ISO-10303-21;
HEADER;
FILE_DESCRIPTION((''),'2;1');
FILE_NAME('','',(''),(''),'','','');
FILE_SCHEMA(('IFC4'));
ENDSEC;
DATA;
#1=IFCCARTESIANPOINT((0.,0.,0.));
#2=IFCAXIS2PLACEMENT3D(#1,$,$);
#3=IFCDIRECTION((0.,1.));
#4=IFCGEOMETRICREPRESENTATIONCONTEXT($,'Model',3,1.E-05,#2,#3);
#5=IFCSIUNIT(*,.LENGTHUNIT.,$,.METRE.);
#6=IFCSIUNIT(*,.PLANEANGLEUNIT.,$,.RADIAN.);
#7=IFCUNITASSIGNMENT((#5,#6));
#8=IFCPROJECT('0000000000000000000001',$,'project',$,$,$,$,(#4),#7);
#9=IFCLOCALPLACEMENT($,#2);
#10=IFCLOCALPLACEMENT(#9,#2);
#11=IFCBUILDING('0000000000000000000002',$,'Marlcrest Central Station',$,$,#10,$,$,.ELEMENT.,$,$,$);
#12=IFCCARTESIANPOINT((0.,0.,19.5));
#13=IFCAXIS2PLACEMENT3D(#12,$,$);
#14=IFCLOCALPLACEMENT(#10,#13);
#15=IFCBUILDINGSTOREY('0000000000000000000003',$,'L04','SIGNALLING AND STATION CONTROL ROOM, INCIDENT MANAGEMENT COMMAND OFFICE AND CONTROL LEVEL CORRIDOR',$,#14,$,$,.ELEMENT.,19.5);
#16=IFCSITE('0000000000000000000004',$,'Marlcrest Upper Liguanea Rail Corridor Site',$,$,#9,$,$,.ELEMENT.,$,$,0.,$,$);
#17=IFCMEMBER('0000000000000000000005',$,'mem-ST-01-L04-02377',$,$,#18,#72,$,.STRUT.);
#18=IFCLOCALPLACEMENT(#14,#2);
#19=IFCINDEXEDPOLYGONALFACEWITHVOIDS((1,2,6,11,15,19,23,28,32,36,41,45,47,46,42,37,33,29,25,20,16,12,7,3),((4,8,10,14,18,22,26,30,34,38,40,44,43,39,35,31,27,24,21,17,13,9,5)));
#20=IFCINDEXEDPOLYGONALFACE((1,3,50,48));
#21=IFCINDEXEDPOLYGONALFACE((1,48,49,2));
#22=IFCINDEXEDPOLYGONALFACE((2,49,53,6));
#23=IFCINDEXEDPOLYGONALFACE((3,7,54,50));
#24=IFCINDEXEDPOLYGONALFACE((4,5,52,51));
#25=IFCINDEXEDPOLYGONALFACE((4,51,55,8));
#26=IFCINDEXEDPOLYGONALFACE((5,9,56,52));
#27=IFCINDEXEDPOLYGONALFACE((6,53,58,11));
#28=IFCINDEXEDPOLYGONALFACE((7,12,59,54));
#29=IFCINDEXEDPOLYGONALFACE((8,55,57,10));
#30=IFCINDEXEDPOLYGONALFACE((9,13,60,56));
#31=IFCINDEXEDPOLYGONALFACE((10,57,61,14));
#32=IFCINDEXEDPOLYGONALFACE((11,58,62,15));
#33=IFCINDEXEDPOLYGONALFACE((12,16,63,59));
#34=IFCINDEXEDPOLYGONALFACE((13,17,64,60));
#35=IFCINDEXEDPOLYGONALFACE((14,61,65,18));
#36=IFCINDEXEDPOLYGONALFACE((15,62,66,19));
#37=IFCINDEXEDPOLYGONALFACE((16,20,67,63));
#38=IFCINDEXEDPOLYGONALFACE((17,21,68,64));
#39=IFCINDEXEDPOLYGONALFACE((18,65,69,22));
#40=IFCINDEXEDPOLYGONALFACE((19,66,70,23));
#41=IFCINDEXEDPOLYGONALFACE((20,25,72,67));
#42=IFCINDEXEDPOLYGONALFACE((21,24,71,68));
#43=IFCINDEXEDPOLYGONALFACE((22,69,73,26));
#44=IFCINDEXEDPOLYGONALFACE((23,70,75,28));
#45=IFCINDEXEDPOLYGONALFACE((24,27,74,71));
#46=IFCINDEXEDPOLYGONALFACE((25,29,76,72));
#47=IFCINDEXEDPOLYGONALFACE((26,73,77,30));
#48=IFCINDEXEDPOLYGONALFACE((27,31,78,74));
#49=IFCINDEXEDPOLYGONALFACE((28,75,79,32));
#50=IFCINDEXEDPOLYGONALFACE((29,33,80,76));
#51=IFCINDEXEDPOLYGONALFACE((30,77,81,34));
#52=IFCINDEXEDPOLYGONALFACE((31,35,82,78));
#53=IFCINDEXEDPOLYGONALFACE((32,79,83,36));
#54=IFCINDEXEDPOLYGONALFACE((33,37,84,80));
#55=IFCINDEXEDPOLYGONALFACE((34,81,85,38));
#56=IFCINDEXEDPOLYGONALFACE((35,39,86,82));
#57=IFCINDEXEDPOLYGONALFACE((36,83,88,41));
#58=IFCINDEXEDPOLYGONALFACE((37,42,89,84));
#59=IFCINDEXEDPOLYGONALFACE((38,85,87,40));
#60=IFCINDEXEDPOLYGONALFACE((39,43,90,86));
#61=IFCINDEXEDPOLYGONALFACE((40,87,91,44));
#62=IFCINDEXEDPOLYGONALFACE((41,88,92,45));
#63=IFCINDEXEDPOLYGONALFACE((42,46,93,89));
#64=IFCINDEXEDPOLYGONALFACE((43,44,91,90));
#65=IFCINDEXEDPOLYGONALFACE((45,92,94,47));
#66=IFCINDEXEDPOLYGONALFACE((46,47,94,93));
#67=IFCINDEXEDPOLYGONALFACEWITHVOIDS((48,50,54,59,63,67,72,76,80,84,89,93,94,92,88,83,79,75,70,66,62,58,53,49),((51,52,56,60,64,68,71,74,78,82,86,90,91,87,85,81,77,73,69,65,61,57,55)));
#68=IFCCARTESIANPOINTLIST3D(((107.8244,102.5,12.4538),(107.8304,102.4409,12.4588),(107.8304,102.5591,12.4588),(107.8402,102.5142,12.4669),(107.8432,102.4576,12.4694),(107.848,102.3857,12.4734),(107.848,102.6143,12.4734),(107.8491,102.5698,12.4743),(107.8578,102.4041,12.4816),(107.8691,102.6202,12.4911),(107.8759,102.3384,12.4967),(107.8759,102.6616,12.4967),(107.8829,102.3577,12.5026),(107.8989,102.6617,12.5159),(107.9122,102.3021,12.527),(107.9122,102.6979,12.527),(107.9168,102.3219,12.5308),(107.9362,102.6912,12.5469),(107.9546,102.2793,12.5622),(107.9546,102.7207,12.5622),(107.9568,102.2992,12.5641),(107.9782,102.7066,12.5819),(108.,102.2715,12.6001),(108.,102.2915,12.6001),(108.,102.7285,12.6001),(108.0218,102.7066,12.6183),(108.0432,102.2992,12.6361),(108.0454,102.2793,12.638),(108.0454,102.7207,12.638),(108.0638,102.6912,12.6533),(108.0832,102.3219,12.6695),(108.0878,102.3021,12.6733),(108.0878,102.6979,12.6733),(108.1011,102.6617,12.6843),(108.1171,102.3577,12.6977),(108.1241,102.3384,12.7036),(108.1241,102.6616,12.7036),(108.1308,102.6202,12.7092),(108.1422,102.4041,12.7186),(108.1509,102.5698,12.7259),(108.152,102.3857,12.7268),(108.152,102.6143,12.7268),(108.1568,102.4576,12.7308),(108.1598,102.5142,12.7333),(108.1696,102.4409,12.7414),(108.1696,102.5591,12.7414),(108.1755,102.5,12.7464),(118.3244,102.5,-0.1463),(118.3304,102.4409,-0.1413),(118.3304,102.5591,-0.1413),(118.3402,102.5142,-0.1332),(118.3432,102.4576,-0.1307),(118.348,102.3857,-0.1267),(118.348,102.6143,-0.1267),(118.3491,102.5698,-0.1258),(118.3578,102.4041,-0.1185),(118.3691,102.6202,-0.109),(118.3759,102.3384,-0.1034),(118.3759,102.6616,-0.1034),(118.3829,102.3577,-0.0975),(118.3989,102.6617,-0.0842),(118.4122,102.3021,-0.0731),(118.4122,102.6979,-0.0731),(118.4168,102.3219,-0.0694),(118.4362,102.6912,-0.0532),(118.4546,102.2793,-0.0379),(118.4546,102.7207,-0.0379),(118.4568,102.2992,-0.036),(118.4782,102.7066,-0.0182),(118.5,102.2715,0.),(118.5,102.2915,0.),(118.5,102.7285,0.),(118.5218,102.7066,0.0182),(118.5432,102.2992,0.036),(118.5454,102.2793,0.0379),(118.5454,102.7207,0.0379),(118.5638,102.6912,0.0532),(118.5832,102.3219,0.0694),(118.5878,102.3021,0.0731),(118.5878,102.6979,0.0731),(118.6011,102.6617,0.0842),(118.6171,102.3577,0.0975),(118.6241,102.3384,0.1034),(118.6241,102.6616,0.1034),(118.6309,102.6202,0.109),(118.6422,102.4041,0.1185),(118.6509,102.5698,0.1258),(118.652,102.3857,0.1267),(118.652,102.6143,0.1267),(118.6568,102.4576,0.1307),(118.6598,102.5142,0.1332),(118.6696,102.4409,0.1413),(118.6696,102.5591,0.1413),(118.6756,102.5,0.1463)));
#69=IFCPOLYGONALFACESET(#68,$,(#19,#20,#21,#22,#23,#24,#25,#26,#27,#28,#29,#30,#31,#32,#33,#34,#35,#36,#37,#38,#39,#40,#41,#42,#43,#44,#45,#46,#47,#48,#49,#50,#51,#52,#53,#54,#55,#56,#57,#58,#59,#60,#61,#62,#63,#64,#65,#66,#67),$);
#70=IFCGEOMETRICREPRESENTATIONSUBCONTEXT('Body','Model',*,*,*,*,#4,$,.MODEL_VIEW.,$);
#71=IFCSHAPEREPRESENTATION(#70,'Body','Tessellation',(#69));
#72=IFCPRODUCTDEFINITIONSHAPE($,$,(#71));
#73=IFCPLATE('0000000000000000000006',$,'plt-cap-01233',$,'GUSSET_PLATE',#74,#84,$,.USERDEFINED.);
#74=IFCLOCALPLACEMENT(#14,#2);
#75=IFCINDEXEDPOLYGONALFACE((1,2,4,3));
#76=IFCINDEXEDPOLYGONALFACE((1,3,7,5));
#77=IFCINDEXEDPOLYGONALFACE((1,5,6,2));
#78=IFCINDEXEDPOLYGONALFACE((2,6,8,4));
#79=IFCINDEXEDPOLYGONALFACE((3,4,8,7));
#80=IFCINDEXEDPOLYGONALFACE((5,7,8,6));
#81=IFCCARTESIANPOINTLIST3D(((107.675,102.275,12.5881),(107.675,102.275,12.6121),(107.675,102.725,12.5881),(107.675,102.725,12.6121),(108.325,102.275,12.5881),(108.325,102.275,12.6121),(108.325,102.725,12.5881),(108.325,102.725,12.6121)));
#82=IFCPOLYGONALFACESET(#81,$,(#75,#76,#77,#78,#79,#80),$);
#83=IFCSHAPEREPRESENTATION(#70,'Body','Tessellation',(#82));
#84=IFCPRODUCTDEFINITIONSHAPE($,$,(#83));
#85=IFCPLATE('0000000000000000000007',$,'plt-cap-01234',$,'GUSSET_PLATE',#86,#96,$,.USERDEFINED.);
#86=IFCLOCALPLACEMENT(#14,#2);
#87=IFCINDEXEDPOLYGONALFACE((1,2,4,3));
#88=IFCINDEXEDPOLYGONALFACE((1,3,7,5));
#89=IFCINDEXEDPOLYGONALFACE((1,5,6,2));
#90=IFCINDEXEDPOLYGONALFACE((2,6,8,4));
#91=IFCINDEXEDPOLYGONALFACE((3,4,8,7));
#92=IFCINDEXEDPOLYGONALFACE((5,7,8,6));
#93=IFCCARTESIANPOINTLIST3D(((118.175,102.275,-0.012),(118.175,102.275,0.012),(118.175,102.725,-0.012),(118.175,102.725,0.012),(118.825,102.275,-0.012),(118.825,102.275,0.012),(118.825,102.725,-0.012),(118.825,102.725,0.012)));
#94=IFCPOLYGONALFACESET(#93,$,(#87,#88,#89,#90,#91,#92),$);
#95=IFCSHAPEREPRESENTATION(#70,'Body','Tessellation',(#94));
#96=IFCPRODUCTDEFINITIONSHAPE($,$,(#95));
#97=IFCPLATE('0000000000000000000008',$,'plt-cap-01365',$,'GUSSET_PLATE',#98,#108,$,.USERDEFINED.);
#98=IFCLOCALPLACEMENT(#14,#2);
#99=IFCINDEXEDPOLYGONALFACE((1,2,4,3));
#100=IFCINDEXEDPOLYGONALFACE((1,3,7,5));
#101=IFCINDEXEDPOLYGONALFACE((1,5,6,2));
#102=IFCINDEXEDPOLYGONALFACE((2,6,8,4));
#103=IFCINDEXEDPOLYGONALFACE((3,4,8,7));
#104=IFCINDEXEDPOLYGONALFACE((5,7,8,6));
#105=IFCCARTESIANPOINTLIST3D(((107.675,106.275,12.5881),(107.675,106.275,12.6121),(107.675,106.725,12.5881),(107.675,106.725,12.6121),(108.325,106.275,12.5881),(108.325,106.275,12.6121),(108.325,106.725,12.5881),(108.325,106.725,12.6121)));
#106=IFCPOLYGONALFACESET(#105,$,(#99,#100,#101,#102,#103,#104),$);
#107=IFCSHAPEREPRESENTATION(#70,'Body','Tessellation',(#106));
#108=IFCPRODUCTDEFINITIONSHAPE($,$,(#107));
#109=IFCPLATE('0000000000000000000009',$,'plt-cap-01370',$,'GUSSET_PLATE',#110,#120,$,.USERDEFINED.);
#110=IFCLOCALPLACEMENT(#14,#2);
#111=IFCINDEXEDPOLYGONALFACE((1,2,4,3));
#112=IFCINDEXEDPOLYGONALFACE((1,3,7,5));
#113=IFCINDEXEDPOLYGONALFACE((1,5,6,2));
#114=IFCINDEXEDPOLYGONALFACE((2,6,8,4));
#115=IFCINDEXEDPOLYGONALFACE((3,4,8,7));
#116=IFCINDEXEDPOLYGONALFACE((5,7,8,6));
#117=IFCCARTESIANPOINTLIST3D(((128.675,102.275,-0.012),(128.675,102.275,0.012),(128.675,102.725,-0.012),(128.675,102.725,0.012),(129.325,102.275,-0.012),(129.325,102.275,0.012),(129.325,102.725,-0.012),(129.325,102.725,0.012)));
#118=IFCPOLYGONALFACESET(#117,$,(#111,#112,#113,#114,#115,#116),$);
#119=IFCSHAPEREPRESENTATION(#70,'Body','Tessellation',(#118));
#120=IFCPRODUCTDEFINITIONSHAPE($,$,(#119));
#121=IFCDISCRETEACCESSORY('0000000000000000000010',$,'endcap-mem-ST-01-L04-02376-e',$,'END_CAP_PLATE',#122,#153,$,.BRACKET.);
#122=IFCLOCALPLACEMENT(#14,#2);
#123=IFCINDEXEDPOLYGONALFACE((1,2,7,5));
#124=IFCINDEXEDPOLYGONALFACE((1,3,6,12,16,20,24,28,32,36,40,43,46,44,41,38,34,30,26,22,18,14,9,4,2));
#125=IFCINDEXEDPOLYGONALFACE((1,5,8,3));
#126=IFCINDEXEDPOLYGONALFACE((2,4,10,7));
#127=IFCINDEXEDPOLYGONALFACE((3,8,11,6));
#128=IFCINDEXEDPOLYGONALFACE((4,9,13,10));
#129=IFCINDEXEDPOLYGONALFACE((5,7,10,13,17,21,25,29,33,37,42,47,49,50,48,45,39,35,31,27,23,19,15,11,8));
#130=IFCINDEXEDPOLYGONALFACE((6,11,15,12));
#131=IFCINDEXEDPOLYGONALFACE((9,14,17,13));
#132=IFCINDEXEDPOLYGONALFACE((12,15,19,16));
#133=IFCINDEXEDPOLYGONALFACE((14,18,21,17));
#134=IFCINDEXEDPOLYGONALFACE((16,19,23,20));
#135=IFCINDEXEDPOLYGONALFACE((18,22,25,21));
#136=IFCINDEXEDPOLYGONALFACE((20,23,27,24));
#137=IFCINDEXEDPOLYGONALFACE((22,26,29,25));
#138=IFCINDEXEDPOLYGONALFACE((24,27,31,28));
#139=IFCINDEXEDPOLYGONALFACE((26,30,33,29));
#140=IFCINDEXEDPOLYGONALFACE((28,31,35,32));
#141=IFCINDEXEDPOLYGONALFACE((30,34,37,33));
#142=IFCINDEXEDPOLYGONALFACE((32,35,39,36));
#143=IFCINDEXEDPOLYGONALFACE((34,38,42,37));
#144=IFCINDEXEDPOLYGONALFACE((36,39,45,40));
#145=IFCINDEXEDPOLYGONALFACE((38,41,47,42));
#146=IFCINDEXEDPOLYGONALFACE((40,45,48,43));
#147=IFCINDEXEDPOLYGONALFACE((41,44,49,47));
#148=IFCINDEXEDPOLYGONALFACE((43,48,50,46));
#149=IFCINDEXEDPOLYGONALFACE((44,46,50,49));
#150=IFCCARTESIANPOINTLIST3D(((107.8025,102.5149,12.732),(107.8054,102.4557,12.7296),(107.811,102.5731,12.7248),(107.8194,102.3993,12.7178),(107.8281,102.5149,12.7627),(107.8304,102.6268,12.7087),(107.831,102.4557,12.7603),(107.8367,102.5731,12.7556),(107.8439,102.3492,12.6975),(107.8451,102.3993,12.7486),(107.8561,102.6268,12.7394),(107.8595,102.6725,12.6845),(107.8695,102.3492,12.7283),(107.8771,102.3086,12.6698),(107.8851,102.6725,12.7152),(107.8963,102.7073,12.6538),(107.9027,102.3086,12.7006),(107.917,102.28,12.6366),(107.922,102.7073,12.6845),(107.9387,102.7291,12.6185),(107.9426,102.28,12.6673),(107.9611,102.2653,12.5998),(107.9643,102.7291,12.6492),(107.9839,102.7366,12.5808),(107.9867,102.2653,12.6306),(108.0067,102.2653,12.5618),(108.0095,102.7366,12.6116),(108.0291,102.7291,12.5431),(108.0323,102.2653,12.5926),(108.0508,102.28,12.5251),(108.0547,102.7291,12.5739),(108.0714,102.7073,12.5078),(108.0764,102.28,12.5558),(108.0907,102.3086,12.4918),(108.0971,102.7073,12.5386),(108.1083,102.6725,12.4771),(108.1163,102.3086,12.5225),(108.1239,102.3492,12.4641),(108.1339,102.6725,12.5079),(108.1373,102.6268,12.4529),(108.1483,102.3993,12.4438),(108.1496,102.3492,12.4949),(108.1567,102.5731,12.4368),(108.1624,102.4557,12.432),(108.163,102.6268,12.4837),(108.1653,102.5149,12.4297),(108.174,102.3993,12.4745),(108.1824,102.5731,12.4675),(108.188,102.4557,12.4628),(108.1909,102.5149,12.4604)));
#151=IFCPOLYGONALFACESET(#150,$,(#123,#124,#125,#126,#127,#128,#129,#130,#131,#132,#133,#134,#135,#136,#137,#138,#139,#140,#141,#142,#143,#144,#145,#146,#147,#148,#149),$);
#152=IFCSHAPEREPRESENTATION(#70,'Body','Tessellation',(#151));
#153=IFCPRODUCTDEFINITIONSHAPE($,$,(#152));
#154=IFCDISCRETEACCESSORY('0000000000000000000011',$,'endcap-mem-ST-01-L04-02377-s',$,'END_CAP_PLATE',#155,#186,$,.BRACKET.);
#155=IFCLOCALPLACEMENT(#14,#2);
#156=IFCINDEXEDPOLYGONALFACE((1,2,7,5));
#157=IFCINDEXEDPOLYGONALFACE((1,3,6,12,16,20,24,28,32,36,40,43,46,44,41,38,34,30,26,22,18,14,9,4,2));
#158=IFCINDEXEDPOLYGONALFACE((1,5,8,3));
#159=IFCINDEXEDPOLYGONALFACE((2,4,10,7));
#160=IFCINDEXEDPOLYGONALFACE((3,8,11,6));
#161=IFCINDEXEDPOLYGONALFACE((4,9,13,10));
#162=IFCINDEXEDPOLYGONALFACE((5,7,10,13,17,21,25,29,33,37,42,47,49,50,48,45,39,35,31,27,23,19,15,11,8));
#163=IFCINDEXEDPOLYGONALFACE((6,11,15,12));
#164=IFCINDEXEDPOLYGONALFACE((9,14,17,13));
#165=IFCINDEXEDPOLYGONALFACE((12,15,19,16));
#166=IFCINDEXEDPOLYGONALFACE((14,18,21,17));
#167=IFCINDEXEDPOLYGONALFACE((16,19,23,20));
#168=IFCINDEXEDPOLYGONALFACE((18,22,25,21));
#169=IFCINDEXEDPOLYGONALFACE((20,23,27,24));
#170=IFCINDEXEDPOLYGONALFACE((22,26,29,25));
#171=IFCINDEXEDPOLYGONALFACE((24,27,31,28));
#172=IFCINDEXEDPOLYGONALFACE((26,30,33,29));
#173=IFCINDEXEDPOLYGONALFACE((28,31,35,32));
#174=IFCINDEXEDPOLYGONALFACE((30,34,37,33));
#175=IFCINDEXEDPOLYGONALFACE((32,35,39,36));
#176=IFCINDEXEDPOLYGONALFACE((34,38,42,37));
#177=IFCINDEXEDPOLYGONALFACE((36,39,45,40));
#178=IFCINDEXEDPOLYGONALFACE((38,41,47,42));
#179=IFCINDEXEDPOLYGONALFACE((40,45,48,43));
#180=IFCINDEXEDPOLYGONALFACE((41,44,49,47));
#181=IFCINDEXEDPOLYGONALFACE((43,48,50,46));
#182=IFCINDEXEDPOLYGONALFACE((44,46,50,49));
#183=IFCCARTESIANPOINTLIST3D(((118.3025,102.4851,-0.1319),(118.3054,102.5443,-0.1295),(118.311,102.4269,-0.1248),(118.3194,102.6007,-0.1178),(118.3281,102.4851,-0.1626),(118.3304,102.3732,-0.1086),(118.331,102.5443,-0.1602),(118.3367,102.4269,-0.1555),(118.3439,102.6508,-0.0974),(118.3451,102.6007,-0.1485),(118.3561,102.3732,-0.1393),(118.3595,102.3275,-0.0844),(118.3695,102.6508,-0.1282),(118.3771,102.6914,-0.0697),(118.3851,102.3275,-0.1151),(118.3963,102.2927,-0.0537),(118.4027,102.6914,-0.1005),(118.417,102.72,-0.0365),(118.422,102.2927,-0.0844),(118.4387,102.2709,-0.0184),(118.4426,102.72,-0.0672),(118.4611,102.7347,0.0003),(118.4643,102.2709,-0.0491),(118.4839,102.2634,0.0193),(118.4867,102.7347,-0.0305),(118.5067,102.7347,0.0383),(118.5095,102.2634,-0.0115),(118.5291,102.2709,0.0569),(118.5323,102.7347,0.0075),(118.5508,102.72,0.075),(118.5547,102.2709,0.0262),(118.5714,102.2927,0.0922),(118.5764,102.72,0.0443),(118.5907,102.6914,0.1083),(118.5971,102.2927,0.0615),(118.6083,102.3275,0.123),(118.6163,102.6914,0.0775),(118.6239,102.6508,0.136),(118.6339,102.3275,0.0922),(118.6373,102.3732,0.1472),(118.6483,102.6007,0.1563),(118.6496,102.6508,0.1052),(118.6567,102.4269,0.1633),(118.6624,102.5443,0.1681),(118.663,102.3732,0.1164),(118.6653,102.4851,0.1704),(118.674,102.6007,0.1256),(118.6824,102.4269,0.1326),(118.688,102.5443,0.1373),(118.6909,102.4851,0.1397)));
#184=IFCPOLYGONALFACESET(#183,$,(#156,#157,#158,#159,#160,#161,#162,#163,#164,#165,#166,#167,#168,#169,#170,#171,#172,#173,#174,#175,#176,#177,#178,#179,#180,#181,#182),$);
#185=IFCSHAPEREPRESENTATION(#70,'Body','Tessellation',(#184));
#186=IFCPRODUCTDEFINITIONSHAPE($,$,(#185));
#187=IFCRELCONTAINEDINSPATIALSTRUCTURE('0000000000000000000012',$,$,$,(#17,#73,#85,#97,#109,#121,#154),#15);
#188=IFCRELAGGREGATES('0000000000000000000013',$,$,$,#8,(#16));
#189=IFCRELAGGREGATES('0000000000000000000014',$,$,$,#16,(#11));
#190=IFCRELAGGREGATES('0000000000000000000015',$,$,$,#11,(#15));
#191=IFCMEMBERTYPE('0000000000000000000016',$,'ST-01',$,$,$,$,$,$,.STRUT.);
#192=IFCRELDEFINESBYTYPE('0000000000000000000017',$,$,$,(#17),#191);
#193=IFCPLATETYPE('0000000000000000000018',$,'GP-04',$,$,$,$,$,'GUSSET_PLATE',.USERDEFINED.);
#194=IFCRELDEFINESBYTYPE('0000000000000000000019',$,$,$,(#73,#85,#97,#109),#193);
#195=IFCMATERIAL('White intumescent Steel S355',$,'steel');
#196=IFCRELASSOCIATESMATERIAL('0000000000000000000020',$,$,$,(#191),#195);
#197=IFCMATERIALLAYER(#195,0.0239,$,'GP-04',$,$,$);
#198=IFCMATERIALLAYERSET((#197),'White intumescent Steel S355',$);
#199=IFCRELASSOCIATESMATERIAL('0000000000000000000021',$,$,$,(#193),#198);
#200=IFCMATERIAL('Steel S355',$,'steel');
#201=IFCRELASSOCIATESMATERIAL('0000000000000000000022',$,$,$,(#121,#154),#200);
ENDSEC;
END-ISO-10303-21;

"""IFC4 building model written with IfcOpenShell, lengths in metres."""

from ifc_helpers import new_model, si_unit, direction, frame, origin, origin_2d, place, context, subcontext, project, spatial, rectangle, circle, hollow_circle, extrude, material, layer, layer_set, material_profile, profile_set, type_object, element, save


model = new_model("IFC4")

# Units and contexts
model_context = context("Model", 3, precision=1e-05, world=origin(), true_north=direction((0.0, 1.0)))
body_context = subcontext(model_context, "Body", "Model", "MODEL_VIEW")
ifc_project = project(units=[si_unit("LENGTHUNIT", "METRE"), si_unit("PLANEANGLEUNIT", "RADIAN")], contexts=[model_context])

# Site, building, storey
site_placement = place(None, origin())
site = spatial("IfcSite", under=ifc_project, at=site_placement, Name="Marlcrest Upper Liguanea Rail Corridor Site", CompositionType="ELEMENT", RefElevation=0.0)
building_placement = place(site_placement, origin())
building = spatial("IfcBuilding", under=site, at=building_placement, Name="Marlcrest Central Station", CompositionType="ELEMENT")
storey_placement = place(building_placement, frame((0.0, 0.0, 19.5)))
storey = spatial("IfcBuildingStorey", under=building, at=storey_placement, Name="L04", Description="SIGNALLING AND STATION CONTROL ROOM, INCIDENT MANAGEMENT COMMAND OFFICE AND CONTROL LEVEL CORRIDOR", CompositionType="ELEMENT", Elevation=19.5)

# Shared definitions
ifc_material_1 = material(Name="White intumescent Steel S355", Category="steel")

# Shared definitions
ifc_material_2 = material(Name="Steel S355", Category="steel")

# Member
ifc_material_profile_1 = material_profile(ifc_material_1, hollow_circle(Radius=0.2285, WallThickness=0.02, at=origin_2d()), Name="CHS 457x20")
ifc_profile_set_1 = profile_set([ifc_material_profile_1], Name="White intumescent Steel S355")
member_type_1 = type_object("IfcMemberType", Name="ST-01", PredefinedType="STRUT", material=ifc_profile_set_1)
member_1_placement = place(storey_placement, frame((118.5, 102.5, 0.0), z_axis=(-0.640181, 0.0, 0.768224), x_axis=(0.0, -1.0, 0.0)))
element("IfcMember", 1, at=member_1_placement, inside=storey, type_object=member_type_1, Name="mem-ST-01-L04-02377", PredefinedType="STRUT", context=body_context, shape_type="SweptSolid", body=[
    extrude(hollow_circle(Radius=0.2285, WallThickness=0.02, at=origin_2d()), origin(), (0.0, 0.0, 1.0), 16.4016),
])

# Plates
ifc_layer = layer(ifc_material_1, 0.0239, Name="GP-04")
ifc_layer_set = layer_set([ifc_layer], Name="White intumescent Steel S355")
plate_type = type_object("IfcPlateType", Name="GP-04", ElementType="GUSSET_PLATE", PredefinedType="USERDEFINED", material=ifc_layer_set)
for number, where, z_axis, x_axis, name in (
    (2, (108.0, 102.5, 12.5881), (0.0, 0.0, 1.0), (1.0, 0.0, 0.0), "plt-cap-01233"),
    (3, (118.5, 102.5, -0.012), (0.0, 0.0, 1.0), (1.0, 0.0, 0.0), "plt-cap-01234"),
    (4, (108.0, 106.5, 12.5881), (0.0, 0.0, 1.0), (1.0, 0.0, 0.0), "plt-cap-01365"),
    (5, (129.0, 102.5, -0.012), (0.0, 0.0, 1.0), (1.0, 0.0, 0.0), "plt-cap-01370"),
):
    element("IfcPlate", number, at=place(storey_placement, frame(where, z_axis=z_axis, x_axis=x_axis)), inside=storey, type_object=plate_type, Name=name, ObjectType="GUSSET_PLATE", PredefinedType="USERDEFINED", context=body_context, shape_type="SweptSolid", body=[
        extrude(rectangle(XDim=0.6499, YDim=0.45, at=origin_2d()), origin(), (0.0, 0.0, 1.0), 0.0239),
    ])

# Discrete accessories
for number, where, z_axis, x_axis, name in (
    (6, (107.9839, 102.5, 12.5808), (0.640181, 0.0, 0.768224), (0.0, 1.0, 0.0), "endcap-mem-ST-01-L04-02376-e"),
    (7, (118.5095, 102.5, -0.0115), (-0.640181, 0.0, 0.768224), (0.0, -1.0, 0.0), "endcap-mem-ST-01-L04-02377-s"),
):
    element("IfcDiscreteAccessory", number, at=place(storey_placement, frame(where, z_axis=z_axis, x_axis=x_axis)), inside=storey, material=ifc_material_2, Name=name, ObjectType="END_CAP_PLATE", PredefinedType="BRACKET", context=body_context, shape_type="SweptSolid", body=[
        extrude(circle(Radius=0.2366, at=origin_2d()), origin(), (0.0, 0.0, 1.0), 0.04),
    ])

save(model, "model.ifc")
